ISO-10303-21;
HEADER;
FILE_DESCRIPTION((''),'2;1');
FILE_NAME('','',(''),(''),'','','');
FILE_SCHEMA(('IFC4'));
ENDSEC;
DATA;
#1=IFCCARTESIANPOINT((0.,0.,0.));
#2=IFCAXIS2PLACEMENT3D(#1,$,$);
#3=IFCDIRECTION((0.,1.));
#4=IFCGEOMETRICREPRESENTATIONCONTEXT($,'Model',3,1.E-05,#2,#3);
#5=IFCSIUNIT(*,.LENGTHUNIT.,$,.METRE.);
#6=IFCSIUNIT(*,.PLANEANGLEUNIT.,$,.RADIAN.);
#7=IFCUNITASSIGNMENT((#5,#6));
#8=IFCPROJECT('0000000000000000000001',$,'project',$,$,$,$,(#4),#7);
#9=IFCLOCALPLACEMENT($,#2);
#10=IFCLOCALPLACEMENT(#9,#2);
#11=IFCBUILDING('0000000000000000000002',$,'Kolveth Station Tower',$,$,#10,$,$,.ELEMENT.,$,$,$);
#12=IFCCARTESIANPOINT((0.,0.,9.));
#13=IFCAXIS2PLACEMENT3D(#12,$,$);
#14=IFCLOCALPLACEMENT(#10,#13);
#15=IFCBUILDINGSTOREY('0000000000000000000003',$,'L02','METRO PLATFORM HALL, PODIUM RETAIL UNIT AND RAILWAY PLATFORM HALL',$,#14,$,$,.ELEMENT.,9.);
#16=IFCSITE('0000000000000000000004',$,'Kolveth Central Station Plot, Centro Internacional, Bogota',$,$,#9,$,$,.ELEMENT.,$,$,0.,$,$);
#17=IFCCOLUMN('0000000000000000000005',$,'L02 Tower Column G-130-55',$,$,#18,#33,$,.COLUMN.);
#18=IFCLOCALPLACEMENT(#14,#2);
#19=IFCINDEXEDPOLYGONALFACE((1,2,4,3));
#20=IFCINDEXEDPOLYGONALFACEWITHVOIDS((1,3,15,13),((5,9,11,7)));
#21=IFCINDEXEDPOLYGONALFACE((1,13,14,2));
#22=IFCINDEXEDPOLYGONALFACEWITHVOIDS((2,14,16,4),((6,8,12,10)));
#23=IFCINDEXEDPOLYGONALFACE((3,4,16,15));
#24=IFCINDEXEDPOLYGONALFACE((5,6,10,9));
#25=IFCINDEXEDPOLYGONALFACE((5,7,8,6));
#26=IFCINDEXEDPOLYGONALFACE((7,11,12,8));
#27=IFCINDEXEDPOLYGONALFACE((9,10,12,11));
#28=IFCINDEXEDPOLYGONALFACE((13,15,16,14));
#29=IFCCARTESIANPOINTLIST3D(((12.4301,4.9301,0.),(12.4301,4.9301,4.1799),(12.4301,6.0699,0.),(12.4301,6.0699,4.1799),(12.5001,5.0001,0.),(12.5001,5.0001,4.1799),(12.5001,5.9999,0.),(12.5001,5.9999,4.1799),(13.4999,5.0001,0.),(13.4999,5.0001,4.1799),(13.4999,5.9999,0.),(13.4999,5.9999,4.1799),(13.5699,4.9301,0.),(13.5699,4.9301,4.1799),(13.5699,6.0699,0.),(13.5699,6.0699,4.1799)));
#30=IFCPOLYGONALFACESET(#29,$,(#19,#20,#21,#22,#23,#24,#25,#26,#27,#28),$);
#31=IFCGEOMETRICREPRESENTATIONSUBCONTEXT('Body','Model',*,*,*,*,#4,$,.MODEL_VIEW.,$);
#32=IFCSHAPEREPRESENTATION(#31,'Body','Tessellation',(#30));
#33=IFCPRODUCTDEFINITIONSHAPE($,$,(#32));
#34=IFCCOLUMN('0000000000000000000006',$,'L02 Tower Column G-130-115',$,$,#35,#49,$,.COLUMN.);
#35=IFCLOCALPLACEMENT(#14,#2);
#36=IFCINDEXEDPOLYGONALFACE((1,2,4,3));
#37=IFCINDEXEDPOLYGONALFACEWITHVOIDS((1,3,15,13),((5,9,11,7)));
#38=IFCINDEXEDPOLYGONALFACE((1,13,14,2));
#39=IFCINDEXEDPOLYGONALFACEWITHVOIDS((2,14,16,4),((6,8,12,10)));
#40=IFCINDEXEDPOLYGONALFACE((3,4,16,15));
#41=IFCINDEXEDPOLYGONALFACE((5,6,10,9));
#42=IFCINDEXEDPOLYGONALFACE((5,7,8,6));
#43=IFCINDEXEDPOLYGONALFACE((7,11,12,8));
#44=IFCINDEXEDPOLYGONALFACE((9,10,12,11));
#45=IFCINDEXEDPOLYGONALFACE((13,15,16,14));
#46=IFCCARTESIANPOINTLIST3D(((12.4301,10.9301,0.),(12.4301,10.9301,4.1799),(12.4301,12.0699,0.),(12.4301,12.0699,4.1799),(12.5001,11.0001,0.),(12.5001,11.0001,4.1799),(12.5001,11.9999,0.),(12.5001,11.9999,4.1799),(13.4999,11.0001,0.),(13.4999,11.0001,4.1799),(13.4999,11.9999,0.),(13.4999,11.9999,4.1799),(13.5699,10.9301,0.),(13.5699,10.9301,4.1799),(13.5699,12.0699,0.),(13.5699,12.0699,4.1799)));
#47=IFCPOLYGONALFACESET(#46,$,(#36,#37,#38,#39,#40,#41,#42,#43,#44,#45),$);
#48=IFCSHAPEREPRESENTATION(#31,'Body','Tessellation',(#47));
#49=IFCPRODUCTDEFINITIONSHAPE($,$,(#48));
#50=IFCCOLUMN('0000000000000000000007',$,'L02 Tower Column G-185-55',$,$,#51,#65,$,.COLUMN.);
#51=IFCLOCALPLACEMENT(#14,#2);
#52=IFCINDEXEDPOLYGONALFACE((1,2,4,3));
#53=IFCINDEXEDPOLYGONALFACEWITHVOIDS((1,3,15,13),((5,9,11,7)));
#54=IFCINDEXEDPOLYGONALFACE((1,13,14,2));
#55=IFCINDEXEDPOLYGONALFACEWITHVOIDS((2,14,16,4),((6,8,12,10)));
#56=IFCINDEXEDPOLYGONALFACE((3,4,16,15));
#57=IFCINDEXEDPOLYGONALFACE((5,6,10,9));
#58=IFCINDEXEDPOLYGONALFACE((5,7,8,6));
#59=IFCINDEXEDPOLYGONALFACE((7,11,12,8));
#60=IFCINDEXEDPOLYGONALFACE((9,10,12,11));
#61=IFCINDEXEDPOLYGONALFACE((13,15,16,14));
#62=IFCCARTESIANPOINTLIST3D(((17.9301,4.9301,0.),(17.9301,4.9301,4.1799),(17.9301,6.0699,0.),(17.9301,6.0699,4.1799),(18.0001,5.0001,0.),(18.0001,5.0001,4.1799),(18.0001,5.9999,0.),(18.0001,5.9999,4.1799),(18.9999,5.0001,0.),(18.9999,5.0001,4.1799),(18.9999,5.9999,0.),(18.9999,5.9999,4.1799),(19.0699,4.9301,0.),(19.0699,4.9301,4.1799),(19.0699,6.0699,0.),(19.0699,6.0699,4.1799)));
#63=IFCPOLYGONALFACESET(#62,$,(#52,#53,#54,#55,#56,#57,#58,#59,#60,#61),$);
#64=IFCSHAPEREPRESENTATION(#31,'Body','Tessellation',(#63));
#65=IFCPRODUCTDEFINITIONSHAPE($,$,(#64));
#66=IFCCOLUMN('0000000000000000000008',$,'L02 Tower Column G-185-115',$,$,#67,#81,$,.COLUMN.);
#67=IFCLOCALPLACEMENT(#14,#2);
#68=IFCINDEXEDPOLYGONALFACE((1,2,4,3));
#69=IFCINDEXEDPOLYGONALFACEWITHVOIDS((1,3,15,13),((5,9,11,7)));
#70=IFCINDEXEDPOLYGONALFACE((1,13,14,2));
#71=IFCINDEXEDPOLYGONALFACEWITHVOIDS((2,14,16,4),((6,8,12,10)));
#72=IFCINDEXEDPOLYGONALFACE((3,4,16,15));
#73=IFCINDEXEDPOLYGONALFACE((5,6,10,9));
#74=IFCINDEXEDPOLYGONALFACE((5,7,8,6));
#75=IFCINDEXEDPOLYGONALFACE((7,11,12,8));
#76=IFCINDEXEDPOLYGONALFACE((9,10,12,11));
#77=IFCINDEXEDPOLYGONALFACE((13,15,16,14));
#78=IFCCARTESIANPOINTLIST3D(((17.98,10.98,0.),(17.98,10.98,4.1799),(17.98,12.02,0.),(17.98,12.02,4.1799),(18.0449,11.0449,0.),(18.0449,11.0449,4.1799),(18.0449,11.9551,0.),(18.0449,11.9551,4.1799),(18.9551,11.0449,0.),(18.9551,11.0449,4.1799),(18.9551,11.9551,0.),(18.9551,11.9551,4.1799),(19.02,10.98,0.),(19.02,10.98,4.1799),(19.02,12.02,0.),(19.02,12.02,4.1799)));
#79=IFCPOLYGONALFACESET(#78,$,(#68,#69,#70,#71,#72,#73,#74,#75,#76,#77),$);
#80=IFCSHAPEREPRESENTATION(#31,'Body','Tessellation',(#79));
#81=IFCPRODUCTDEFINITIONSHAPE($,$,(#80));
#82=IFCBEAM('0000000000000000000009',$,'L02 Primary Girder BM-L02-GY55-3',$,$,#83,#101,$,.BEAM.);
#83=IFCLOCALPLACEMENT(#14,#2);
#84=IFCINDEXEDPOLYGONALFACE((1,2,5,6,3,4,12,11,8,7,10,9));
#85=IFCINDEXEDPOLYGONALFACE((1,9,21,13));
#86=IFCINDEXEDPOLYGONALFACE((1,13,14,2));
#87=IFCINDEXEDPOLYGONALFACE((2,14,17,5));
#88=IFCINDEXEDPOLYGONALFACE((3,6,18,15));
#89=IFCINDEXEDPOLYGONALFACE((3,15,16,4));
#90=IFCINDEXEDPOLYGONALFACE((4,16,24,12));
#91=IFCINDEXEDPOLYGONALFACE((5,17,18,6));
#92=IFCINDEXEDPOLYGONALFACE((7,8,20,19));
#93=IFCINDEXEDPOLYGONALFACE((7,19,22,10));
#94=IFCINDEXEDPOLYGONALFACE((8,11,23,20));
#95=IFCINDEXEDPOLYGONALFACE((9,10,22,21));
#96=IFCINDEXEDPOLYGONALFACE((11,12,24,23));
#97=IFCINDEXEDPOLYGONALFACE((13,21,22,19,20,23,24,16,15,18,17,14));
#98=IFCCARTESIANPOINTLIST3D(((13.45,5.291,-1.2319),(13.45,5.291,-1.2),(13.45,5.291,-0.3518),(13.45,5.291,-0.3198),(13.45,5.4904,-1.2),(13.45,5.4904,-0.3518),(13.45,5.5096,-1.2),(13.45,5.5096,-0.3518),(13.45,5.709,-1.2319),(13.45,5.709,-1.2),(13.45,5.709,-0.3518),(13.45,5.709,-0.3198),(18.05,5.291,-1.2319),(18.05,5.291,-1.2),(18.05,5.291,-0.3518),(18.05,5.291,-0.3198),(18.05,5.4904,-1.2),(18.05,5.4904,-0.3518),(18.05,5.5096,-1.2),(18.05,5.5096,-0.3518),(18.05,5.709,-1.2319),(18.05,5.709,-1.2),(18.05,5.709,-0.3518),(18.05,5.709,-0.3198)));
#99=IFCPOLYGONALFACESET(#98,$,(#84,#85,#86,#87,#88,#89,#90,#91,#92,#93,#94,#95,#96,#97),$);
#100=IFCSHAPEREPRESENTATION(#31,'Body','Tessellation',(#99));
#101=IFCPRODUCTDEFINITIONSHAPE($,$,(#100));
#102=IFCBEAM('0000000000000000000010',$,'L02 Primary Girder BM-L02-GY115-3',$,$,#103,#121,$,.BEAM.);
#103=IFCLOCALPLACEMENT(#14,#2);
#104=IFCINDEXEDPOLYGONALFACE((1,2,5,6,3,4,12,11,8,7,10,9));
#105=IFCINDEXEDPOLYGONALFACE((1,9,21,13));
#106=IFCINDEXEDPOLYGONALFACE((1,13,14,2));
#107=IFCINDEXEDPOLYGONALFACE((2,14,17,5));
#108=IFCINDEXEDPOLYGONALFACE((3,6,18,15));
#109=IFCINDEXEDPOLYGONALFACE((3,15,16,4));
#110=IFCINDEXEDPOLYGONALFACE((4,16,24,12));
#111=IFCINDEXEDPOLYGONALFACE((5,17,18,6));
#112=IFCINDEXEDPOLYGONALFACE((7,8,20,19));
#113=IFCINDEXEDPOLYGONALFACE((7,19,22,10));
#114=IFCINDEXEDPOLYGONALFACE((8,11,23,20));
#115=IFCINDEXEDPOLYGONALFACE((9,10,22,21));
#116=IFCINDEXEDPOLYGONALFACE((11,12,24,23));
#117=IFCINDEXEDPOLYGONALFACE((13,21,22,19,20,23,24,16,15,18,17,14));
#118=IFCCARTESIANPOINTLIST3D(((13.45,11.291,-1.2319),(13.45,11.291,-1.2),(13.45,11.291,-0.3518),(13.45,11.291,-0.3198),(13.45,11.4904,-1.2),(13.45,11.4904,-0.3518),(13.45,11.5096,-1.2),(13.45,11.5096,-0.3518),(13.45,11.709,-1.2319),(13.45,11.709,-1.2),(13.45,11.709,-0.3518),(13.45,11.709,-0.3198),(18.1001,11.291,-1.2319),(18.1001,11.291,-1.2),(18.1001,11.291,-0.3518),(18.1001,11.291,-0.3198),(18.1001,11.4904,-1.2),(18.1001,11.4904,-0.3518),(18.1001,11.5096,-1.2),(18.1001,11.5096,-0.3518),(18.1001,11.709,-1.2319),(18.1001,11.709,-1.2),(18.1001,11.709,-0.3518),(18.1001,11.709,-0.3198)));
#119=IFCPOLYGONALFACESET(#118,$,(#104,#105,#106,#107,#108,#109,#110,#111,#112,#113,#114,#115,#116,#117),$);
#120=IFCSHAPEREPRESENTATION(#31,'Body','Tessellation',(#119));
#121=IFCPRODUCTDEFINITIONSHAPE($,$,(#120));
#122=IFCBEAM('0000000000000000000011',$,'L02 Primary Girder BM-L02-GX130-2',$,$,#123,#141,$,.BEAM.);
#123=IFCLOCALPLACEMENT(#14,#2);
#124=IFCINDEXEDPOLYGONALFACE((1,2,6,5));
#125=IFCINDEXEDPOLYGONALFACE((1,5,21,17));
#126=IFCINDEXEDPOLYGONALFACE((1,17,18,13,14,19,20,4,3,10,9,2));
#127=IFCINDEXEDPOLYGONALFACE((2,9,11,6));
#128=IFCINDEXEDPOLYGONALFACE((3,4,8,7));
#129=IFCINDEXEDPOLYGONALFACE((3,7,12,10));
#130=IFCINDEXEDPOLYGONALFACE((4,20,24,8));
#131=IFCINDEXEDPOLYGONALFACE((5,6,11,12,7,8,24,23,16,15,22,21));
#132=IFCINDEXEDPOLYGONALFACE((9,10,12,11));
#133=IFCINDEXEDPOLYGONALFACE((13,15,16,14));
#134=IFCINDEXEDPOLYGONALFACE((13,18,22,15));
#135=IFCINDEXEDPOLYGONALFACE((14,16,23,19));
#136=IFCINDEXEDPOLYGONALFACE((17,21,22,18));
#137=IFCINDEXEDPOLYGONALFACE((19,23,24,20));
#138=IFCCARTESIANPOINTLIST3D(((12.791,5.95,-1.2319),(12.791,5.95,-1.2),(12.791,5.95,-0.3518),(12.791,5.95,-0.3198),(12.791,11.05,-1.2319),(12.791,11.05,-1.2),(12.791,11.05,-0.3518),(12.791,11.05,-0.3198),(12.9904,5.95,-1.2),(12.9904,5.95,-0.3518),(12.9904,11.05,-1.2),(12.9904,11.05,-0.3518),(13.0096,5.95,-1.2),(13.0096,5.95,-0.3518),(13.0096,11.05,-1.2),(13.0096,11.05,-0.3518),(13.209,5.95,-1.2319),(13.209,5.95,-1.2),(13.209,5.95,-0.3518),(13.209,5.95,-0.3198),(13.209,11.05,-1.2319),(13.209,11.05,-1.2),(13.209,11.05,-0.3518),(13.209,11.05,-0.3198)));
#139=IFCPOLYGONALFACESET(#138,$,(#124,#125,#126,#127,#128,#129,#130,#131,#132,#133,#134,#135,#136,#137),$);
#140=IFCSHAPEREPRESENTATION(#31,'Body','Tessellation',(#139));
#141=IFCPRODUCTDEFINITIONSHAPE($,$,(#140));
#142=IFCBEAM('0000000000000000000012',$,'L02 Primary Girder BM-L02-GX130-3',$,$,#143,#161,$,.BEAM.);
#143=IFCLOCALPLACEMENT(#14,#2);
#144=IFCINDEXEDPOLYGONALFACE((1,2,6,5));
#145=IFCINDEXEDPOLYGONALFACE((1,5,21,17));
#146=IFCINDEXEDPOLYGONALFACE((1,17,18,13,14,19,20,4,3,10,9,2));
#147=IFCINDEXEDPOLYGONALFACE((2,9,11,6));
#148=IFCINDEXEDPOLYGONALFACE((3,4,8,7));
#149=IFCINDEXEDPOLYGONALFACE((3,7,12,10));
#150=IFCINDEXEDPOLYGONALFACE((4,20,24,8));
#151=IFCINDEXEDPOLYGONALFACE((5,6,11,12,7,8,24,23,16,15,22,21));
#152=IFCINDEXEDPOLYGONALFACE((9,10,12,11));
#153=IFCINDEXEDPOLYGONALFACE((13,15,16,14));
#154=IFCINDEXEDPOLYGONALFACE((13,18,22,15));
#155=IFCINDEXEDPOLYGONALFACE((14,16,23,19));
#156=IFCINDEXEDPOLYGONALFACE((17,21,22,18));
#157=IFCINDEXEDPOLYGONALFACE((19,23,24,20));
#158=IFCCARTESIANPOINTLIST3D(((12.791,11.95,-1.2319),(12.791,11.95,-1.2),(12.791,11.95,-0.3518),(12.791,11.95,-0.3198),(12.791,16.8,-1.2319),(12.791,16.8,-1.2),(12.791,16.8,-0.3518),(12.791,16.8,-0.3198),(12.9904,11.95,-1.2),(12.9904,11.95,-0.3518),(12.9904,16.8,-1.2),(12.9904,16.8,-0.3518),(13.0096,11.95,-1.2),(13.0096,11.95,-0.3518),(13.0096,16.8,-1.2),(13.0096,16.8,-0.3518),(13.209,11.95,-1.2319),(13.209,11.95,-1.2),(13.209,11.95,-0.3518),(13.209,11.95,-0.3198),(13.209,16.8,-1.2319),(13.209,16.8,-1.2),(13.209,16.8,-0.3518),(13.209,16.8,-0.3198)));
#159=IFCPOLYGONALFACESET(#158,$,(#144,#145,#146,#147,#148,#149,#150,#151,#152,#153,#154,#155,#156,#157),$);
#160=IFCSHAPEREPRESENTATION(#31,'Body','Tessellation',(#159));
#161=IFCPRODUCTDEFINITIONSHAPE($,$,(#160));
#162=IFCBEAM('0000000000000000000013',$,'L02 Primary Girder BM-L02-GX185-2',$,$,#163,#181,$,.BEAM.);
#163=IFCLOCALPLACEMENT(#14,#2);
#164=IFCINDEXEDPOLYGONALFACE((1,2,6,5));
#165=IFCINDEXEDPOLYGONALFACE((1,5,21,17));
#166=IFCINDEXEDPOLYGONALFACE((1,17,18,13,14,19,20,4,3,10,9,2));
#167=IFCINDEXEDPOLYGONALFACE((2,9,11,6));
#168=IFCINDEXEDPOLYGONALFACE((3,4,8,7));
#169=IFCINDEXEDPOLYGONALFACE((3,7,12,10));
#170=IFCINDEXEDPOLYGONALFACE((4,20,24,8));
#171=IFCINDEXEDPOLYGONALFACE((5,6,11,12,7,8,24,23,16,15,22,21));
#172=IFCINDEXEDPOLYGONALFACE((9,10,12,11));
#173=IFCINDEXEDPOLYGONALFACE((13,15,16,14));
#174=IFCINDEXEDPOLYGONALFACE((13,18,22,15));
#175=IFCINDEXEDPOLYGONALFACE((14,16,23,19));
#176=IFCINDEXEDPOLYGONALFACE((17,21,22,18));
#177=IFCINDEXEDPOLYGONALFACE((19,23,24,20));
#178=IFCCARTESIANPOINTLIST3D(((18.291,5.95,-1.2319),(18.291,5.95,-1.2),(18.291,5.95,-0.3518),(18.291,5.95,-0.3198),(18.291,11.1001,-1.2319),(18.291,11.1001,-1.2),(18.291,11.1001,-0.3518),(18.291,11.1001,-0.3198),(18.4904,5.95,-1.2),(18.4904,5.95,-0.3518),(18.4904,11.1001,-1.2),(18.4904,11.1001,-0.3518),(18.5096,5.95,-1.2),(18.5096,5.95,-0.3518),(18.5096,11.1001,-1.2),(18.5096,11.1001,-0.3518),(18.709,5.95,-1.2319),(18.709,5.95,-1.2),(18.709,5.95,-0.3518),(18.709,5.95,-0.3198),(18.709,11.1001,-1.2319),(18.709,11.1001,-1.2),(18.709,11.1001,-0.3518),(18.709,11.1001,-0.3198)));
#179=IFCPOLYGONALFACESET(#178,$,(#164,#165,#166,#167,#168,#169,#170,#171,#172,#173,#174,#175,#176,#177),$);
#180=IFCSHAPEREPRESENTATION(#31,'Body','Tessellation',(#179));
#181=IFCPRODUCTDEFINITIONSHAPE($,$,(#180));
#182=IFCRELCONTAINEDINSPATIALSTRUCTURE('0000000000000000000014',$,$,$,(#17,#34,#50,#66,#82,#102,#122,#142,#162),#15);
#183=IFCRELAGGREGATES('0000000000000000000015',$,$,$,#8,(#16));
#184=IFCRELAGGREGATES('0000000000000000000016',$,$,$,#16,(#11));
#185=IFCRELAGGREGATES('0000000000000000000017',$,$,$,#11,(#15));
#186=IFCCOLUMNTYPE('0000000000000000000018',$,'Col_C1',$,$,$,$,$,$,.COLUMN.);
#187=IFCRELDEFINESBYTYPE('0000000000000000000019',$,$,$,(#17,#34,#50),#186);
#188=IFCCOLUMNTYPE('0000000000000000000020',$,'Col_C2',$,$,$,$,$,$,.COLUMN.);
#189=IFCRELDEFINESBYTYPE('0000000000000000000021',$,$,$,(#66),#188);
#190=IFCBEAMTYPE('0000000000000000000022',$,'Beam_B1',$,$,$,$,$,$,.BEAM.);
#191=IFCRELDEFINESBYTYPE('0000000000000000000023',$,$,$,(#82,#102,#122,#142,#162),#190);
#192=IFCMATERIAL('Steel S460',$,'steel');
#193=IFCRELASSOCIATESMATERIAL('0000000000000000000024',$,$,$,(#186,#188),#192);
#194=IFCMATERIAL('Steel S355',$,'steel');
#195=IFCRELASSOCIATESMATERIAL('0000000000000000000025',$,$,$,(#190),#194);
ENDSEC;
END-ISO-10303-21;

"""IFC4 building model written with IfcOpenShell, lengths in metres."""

from ifc_helpers import new_model, si_unit, direction, frame, origin, origin_2d, place, context, subcontext, project, spatial, hollow_rectangle, i_section, extrude, source, transform, mapped, material, material_profile, profile_set, type_object, element, save


model = new_model("IFC4")

# Units and contexts
model_context = context("Model", 3, precision=1e-05, world=origin(), true_north=direction((0.0, 1.0)))
body_context = subcontext(model_context, "Body", "Model", "MODEL_VIEW")
ifc_project = project(units=[si_unit("LENGTHUNIT", "METRE"), si_unit("PLANEANGLEUNIT", "RADIAN")], contexts=[model_context])

# Site, building, storey
site_placement = place(None, origin())
site = spatial("IfcSite", under=ifc_project, at=site_placement, Name="Kolveth Central Station Plot, Centro Internacional, Bogota", CompositionType="ELEMENT", RefElevation=0.0)
building_placement = place(site_placement, origin())
building = spatial("IfcBuilding", under=site, at=building_placement, Name="Kolveth Station Tower", CompositionType="ELEMENT")
storey_placement = place(building_placement, frame((0.0, 0.0, 9.0)))
storey = spatial("IfcBuildingStorey", under=building, at=storey_placement, Name="L02", Description="METRO PLATFORM HALL, PODIUM RETAIL UNIT AND RAILWAY PLATFORM HALL", CompositionType="ELEMENT", Elevation=9.0)

# Columns
ifc_material_1 = material(Name="Steel S460", Category="steel")
ifc_material_profile_1 = material_profile(ifc_material_1, hollow_rectangle(XDim=1.1399, YDim=1.1399, WallThickness=0.0701, at=origin_2d()), Name="BOX1140x1140x70")
ifc_profile_set_1 = profile_set([ifc_material_profile_1], Name="Steel S460")
column_type_1 = type_object("IfcColumnType", Name="Col_C1", PredefinedType="COLUMN", material=ifc_profile_set_1)
shared_shape_1 = source(origin(), body_context, "Body", "SweptSolid", [
    extrude(hollow_rectangle(XDim=1.1399, YDim=1.1399, WallThickness=0.0701, at=origin_2d()), origin(), (0.0, 0.0, 1.0), 4.1799),
])
for number, where, z_axis, x_axis, name in (
    (1, (13.0, 5.5, 0.0), (0.0, 0.0, 1.0), (1.0, 0.0, 0.0), "L02 Tower Column G-130-55"),
    (2, (13.0, 11.5, 0.0), (0.0, 0.0, 1.0), (1.0, 0.0, 0.0), "L02 Tower Column G-130-115"),
    (3, (18.5, 5.5, 0.0), (0.0, 0.0, 1.0), (1.0, 0.0, 0.0), "L02 Tower Column G-185-55"),
):
    element("IfcColumn", number, at=place(storey_placement, frame(where, z_axis=z_axis, x_axis=x_axis)), inside=storey, type_object=column_type_1, Name=name, PredefinedType="COLUMN", context=body_context, shape_type="MappedRepresentation", body=[
        mapped(shared_shape_1, transform((0.0, 0.0, 0.0), x_axis=(1.0, 0.0, 0.0), y_axis=(0.0, 1.0, 0.0), z_axis=(0.0, 0.0, 1.0), scale=1.0)),
    ])
ifc_material_profile_2 = material_profile(ifc_material_1, hollow_rectangle(XDim=1.04, YDim=1.04, WallThickness=0.0649, at=origin_2d()), Name="BOX1040x1040x65")
ifc_profile_set_2 = profile_set([ifc_material_profile_2], Name="Steel S460")
column_type_2 = type_object("IfcColumnType", Name="Col_C2", PredefinedType="COLUMN", material=ifc_profile_set_2)
shared_shape_2 = source(origin(), body_context, "Body", "SweptSolid", [
    extrude(hollow_rectangle(XDim=1.04, YDim=1.04, WallThickness=0.0649, at=origin_2d()), origin(), (0.0, 0.0, 1.0), 4.1799),
])
column_placement = place(storey_placement, frame((18.5, 11.5, 0.0), z_axis=(0.0, 0.0, 1.0), x_axis=(1.0, 0.0, 0.0)))
element("IfcColumn", 4, at=column_placement, inside=storey, type_object=column_type_2, Name="L02 Tower Column G-185-115", PredefinedType="COLUMN", context=body_context, shape_type="MappedRepresentation", body=[
    mapped(shared_shape_2, transform((0.0, 0.0, 0.0), x_axis=(1.0, 0.0, 0.0), y_axis=(0.0, 1.0, 0.0), z_axis=(0.0, 0.0, 1.0), scale=1.0)),
])

# Beams
ifc_material_2 = material(Name="Steel S355", Category="steel")
ifc_material_profile_3 = material_profile(ifc_material_2, i_section(OverallWidth=0.418, OverallDepth=0.9121, WebThickness=0.0193, FlangeThickness=0.032, at=origin_2d()), Name="W920x342")
ifc_profile_set_3 = profile_set([ifc_material_profile_3], Name="Steel S355")
beam_type_1 = type_object("IfcBeamType", Name="Beam_B1", PredefinedType="BEAM", material=ifc_profile_set_3)
shared_shape_3 = source(origin(), body_context, "Body", "SweptSolid", [
    extrude(i_section(OverallWidth=0.418, OverallDepth=0.9121, WebThickness=0.0193, FlangeThickness=0.032, at=origin_2d()), origin(), (0.0, 0.0, 1.0), 4.6001),
])
beam_1_placement = place(storey_placement, frame((13.45, 5.5, -0.7759), z_axis=(1.0, 0.0, 0.0), x_axis=(0.0, 1.0, 0.0)))
element("IfcBeam", 5, at=beam_1_placement, inside=storey, type_object=beam_type_1, Name="L02 Primary Girder BM-L02-GY55-3", PredefinedType="BEAM", context=body_context, shape_type="MappedRepresentation", body=[
    mapped(shared_shape_3, transform((0.0, 0.0, 0.0), x_axis=(1.0, 0.0, 0.0), y_axis=(0.0, 1.0, 0.0), z_axis=(0.0, 0.0, 1.0), scale=1.0)),
])
shared_shape_4 = source(origin(), body_context, "Body", "SweptSolid", [
    extrude(i_section(OverallWidth=0.418, OverallDepth=0.9121, WebThickness=0.0193, FlangeThickness=0.032, at=origin_2d()), origin(), (0.0, 0.0, 1.0), 4.6501),
])
beam_2_placement = place(storey_placement, frame((13.45, 11.5, -0.7759), z_axis=(1.0, 0.0, 0.0), x_axis=(0.0, 1.0, 0.0)))
element("IfcBeam", 6, at=beam_2_placement, inside=storey, type_object=beam_type_1, Name="L02 Primary Girder BM-L02-GY115-3", PredefinedType="BEAM", context=body_context, shape_type="MappedRepresentation", body=[
    mapped(shared_shape_4, transform((0.0, 0.0, 0.0), x_axis=(1.0, 0.0, 0.0), y_axis=(0.0, 1.0, 0.0), z_axis=(0.0, 0.0, 1.0), scale=1.0)),
])
shared_shape_5 = source(origin(), body_context, "Body", "SweptSolid", [
    extrude(i_section(OverallWidth=0.418, OverallDepth=0.9121, WebThickness=0.0193, FlangeThickness=0.032, at=origin_2d()), origin(), (0.0, 0.0, 1.0), 5.1001),
])
beam_3_placement = place(storey_placement, frame((13.0, 5.95, -0.7759), z_axis=(0.0, 1.0, 0.0), x_axis=(-1.0, 0.0, 0.0)))
element("IfcBeam", 7, at=beam_3_placement, inside=storey, type_object=beam_type_1, Name="L02 Primary Girder BM-L02-GX130-2", PredefinedType="BEAM", context=body_context, shape_type="MappedRepresentation", body=[
    mapped(shared_shape_5, transform((0.0, 0.0, 0.0), x_axis=(1.0, 0.0, 0.0), y_axis=(0.0, 1.0, 0.0), z_axis=(0.0, 0.0, 1.0), scale=1.0)),
])
shared_shape_6 = source(origin(), body_context, "Body", "SweptSolid", [
    extrude(i_section(OverallWidth=0.418, OverallDepth=0.9121, WebThickness=0.0193, FlangeThickness=0.032, at=origin_2d()), origin(), (0.0, 0.0, 1.0), 4.8501),
])
beam_4_placement = place(storey_placement, frame((13.0, 11.95, -0.7759), z_axis=(0.0, 1.0, 0.0), x_axis=(-1.0, 0.0, 0.0)))
element("IfcBeam", 8, at=beam_4_placement, inside=storey, type_object=beam_type_1, Name="L02 Primary Girder BM-L02-GX130-3", PredefinedType="BEAM", context=body_context, shape_type="MappedRepresentation", body=[
    mapped(shared_shape_6, transform((0.0, 0.0, 0.0), x_axis=(1.0, 0.0, 0.0), y_axis=(0.0, 1.0, 0.0), z_axis=(0.0, 0.0, 1.0), scale=1.0)),
])
shared_shape_7 = source(origin(), body_context, "Body", "SweptSolid", [
    extrude(i_section(OverallWidth=0.418, OverallDepth=0.9121, WebThickness=0.0193, FlangeThickness=0.032, at=origin_2d()), origin(), (0.0, 0.0, 1.0), 5.1501),
])
beam_5_placement = place(storey_placement, frame((18.5, 5.95, -0.7759), z_axis=(0.0, 1.0, 0.0), x_axis=(-1.0, 0.0, 0.0)))
element("IfcBeam", 9, at=beam_5_placement, inside=storey, type_object=beam_type_1, Name="L02 Primary Girder BM-L02-GX185-2", PredefinedType="BEAM", context=body_context, shape_type="MappedRepresentation", body=[
    mapped(shared_shape_7, transform((0.0, 0.0, 0.0), x_axis=(1.0, 0.0, 0.0), y_axis=(0.0, 1.0, 0.0), z_axis=(0.0, 0.0, 1.0), scale=1.0)),
])

save(model, "model.ifc")
